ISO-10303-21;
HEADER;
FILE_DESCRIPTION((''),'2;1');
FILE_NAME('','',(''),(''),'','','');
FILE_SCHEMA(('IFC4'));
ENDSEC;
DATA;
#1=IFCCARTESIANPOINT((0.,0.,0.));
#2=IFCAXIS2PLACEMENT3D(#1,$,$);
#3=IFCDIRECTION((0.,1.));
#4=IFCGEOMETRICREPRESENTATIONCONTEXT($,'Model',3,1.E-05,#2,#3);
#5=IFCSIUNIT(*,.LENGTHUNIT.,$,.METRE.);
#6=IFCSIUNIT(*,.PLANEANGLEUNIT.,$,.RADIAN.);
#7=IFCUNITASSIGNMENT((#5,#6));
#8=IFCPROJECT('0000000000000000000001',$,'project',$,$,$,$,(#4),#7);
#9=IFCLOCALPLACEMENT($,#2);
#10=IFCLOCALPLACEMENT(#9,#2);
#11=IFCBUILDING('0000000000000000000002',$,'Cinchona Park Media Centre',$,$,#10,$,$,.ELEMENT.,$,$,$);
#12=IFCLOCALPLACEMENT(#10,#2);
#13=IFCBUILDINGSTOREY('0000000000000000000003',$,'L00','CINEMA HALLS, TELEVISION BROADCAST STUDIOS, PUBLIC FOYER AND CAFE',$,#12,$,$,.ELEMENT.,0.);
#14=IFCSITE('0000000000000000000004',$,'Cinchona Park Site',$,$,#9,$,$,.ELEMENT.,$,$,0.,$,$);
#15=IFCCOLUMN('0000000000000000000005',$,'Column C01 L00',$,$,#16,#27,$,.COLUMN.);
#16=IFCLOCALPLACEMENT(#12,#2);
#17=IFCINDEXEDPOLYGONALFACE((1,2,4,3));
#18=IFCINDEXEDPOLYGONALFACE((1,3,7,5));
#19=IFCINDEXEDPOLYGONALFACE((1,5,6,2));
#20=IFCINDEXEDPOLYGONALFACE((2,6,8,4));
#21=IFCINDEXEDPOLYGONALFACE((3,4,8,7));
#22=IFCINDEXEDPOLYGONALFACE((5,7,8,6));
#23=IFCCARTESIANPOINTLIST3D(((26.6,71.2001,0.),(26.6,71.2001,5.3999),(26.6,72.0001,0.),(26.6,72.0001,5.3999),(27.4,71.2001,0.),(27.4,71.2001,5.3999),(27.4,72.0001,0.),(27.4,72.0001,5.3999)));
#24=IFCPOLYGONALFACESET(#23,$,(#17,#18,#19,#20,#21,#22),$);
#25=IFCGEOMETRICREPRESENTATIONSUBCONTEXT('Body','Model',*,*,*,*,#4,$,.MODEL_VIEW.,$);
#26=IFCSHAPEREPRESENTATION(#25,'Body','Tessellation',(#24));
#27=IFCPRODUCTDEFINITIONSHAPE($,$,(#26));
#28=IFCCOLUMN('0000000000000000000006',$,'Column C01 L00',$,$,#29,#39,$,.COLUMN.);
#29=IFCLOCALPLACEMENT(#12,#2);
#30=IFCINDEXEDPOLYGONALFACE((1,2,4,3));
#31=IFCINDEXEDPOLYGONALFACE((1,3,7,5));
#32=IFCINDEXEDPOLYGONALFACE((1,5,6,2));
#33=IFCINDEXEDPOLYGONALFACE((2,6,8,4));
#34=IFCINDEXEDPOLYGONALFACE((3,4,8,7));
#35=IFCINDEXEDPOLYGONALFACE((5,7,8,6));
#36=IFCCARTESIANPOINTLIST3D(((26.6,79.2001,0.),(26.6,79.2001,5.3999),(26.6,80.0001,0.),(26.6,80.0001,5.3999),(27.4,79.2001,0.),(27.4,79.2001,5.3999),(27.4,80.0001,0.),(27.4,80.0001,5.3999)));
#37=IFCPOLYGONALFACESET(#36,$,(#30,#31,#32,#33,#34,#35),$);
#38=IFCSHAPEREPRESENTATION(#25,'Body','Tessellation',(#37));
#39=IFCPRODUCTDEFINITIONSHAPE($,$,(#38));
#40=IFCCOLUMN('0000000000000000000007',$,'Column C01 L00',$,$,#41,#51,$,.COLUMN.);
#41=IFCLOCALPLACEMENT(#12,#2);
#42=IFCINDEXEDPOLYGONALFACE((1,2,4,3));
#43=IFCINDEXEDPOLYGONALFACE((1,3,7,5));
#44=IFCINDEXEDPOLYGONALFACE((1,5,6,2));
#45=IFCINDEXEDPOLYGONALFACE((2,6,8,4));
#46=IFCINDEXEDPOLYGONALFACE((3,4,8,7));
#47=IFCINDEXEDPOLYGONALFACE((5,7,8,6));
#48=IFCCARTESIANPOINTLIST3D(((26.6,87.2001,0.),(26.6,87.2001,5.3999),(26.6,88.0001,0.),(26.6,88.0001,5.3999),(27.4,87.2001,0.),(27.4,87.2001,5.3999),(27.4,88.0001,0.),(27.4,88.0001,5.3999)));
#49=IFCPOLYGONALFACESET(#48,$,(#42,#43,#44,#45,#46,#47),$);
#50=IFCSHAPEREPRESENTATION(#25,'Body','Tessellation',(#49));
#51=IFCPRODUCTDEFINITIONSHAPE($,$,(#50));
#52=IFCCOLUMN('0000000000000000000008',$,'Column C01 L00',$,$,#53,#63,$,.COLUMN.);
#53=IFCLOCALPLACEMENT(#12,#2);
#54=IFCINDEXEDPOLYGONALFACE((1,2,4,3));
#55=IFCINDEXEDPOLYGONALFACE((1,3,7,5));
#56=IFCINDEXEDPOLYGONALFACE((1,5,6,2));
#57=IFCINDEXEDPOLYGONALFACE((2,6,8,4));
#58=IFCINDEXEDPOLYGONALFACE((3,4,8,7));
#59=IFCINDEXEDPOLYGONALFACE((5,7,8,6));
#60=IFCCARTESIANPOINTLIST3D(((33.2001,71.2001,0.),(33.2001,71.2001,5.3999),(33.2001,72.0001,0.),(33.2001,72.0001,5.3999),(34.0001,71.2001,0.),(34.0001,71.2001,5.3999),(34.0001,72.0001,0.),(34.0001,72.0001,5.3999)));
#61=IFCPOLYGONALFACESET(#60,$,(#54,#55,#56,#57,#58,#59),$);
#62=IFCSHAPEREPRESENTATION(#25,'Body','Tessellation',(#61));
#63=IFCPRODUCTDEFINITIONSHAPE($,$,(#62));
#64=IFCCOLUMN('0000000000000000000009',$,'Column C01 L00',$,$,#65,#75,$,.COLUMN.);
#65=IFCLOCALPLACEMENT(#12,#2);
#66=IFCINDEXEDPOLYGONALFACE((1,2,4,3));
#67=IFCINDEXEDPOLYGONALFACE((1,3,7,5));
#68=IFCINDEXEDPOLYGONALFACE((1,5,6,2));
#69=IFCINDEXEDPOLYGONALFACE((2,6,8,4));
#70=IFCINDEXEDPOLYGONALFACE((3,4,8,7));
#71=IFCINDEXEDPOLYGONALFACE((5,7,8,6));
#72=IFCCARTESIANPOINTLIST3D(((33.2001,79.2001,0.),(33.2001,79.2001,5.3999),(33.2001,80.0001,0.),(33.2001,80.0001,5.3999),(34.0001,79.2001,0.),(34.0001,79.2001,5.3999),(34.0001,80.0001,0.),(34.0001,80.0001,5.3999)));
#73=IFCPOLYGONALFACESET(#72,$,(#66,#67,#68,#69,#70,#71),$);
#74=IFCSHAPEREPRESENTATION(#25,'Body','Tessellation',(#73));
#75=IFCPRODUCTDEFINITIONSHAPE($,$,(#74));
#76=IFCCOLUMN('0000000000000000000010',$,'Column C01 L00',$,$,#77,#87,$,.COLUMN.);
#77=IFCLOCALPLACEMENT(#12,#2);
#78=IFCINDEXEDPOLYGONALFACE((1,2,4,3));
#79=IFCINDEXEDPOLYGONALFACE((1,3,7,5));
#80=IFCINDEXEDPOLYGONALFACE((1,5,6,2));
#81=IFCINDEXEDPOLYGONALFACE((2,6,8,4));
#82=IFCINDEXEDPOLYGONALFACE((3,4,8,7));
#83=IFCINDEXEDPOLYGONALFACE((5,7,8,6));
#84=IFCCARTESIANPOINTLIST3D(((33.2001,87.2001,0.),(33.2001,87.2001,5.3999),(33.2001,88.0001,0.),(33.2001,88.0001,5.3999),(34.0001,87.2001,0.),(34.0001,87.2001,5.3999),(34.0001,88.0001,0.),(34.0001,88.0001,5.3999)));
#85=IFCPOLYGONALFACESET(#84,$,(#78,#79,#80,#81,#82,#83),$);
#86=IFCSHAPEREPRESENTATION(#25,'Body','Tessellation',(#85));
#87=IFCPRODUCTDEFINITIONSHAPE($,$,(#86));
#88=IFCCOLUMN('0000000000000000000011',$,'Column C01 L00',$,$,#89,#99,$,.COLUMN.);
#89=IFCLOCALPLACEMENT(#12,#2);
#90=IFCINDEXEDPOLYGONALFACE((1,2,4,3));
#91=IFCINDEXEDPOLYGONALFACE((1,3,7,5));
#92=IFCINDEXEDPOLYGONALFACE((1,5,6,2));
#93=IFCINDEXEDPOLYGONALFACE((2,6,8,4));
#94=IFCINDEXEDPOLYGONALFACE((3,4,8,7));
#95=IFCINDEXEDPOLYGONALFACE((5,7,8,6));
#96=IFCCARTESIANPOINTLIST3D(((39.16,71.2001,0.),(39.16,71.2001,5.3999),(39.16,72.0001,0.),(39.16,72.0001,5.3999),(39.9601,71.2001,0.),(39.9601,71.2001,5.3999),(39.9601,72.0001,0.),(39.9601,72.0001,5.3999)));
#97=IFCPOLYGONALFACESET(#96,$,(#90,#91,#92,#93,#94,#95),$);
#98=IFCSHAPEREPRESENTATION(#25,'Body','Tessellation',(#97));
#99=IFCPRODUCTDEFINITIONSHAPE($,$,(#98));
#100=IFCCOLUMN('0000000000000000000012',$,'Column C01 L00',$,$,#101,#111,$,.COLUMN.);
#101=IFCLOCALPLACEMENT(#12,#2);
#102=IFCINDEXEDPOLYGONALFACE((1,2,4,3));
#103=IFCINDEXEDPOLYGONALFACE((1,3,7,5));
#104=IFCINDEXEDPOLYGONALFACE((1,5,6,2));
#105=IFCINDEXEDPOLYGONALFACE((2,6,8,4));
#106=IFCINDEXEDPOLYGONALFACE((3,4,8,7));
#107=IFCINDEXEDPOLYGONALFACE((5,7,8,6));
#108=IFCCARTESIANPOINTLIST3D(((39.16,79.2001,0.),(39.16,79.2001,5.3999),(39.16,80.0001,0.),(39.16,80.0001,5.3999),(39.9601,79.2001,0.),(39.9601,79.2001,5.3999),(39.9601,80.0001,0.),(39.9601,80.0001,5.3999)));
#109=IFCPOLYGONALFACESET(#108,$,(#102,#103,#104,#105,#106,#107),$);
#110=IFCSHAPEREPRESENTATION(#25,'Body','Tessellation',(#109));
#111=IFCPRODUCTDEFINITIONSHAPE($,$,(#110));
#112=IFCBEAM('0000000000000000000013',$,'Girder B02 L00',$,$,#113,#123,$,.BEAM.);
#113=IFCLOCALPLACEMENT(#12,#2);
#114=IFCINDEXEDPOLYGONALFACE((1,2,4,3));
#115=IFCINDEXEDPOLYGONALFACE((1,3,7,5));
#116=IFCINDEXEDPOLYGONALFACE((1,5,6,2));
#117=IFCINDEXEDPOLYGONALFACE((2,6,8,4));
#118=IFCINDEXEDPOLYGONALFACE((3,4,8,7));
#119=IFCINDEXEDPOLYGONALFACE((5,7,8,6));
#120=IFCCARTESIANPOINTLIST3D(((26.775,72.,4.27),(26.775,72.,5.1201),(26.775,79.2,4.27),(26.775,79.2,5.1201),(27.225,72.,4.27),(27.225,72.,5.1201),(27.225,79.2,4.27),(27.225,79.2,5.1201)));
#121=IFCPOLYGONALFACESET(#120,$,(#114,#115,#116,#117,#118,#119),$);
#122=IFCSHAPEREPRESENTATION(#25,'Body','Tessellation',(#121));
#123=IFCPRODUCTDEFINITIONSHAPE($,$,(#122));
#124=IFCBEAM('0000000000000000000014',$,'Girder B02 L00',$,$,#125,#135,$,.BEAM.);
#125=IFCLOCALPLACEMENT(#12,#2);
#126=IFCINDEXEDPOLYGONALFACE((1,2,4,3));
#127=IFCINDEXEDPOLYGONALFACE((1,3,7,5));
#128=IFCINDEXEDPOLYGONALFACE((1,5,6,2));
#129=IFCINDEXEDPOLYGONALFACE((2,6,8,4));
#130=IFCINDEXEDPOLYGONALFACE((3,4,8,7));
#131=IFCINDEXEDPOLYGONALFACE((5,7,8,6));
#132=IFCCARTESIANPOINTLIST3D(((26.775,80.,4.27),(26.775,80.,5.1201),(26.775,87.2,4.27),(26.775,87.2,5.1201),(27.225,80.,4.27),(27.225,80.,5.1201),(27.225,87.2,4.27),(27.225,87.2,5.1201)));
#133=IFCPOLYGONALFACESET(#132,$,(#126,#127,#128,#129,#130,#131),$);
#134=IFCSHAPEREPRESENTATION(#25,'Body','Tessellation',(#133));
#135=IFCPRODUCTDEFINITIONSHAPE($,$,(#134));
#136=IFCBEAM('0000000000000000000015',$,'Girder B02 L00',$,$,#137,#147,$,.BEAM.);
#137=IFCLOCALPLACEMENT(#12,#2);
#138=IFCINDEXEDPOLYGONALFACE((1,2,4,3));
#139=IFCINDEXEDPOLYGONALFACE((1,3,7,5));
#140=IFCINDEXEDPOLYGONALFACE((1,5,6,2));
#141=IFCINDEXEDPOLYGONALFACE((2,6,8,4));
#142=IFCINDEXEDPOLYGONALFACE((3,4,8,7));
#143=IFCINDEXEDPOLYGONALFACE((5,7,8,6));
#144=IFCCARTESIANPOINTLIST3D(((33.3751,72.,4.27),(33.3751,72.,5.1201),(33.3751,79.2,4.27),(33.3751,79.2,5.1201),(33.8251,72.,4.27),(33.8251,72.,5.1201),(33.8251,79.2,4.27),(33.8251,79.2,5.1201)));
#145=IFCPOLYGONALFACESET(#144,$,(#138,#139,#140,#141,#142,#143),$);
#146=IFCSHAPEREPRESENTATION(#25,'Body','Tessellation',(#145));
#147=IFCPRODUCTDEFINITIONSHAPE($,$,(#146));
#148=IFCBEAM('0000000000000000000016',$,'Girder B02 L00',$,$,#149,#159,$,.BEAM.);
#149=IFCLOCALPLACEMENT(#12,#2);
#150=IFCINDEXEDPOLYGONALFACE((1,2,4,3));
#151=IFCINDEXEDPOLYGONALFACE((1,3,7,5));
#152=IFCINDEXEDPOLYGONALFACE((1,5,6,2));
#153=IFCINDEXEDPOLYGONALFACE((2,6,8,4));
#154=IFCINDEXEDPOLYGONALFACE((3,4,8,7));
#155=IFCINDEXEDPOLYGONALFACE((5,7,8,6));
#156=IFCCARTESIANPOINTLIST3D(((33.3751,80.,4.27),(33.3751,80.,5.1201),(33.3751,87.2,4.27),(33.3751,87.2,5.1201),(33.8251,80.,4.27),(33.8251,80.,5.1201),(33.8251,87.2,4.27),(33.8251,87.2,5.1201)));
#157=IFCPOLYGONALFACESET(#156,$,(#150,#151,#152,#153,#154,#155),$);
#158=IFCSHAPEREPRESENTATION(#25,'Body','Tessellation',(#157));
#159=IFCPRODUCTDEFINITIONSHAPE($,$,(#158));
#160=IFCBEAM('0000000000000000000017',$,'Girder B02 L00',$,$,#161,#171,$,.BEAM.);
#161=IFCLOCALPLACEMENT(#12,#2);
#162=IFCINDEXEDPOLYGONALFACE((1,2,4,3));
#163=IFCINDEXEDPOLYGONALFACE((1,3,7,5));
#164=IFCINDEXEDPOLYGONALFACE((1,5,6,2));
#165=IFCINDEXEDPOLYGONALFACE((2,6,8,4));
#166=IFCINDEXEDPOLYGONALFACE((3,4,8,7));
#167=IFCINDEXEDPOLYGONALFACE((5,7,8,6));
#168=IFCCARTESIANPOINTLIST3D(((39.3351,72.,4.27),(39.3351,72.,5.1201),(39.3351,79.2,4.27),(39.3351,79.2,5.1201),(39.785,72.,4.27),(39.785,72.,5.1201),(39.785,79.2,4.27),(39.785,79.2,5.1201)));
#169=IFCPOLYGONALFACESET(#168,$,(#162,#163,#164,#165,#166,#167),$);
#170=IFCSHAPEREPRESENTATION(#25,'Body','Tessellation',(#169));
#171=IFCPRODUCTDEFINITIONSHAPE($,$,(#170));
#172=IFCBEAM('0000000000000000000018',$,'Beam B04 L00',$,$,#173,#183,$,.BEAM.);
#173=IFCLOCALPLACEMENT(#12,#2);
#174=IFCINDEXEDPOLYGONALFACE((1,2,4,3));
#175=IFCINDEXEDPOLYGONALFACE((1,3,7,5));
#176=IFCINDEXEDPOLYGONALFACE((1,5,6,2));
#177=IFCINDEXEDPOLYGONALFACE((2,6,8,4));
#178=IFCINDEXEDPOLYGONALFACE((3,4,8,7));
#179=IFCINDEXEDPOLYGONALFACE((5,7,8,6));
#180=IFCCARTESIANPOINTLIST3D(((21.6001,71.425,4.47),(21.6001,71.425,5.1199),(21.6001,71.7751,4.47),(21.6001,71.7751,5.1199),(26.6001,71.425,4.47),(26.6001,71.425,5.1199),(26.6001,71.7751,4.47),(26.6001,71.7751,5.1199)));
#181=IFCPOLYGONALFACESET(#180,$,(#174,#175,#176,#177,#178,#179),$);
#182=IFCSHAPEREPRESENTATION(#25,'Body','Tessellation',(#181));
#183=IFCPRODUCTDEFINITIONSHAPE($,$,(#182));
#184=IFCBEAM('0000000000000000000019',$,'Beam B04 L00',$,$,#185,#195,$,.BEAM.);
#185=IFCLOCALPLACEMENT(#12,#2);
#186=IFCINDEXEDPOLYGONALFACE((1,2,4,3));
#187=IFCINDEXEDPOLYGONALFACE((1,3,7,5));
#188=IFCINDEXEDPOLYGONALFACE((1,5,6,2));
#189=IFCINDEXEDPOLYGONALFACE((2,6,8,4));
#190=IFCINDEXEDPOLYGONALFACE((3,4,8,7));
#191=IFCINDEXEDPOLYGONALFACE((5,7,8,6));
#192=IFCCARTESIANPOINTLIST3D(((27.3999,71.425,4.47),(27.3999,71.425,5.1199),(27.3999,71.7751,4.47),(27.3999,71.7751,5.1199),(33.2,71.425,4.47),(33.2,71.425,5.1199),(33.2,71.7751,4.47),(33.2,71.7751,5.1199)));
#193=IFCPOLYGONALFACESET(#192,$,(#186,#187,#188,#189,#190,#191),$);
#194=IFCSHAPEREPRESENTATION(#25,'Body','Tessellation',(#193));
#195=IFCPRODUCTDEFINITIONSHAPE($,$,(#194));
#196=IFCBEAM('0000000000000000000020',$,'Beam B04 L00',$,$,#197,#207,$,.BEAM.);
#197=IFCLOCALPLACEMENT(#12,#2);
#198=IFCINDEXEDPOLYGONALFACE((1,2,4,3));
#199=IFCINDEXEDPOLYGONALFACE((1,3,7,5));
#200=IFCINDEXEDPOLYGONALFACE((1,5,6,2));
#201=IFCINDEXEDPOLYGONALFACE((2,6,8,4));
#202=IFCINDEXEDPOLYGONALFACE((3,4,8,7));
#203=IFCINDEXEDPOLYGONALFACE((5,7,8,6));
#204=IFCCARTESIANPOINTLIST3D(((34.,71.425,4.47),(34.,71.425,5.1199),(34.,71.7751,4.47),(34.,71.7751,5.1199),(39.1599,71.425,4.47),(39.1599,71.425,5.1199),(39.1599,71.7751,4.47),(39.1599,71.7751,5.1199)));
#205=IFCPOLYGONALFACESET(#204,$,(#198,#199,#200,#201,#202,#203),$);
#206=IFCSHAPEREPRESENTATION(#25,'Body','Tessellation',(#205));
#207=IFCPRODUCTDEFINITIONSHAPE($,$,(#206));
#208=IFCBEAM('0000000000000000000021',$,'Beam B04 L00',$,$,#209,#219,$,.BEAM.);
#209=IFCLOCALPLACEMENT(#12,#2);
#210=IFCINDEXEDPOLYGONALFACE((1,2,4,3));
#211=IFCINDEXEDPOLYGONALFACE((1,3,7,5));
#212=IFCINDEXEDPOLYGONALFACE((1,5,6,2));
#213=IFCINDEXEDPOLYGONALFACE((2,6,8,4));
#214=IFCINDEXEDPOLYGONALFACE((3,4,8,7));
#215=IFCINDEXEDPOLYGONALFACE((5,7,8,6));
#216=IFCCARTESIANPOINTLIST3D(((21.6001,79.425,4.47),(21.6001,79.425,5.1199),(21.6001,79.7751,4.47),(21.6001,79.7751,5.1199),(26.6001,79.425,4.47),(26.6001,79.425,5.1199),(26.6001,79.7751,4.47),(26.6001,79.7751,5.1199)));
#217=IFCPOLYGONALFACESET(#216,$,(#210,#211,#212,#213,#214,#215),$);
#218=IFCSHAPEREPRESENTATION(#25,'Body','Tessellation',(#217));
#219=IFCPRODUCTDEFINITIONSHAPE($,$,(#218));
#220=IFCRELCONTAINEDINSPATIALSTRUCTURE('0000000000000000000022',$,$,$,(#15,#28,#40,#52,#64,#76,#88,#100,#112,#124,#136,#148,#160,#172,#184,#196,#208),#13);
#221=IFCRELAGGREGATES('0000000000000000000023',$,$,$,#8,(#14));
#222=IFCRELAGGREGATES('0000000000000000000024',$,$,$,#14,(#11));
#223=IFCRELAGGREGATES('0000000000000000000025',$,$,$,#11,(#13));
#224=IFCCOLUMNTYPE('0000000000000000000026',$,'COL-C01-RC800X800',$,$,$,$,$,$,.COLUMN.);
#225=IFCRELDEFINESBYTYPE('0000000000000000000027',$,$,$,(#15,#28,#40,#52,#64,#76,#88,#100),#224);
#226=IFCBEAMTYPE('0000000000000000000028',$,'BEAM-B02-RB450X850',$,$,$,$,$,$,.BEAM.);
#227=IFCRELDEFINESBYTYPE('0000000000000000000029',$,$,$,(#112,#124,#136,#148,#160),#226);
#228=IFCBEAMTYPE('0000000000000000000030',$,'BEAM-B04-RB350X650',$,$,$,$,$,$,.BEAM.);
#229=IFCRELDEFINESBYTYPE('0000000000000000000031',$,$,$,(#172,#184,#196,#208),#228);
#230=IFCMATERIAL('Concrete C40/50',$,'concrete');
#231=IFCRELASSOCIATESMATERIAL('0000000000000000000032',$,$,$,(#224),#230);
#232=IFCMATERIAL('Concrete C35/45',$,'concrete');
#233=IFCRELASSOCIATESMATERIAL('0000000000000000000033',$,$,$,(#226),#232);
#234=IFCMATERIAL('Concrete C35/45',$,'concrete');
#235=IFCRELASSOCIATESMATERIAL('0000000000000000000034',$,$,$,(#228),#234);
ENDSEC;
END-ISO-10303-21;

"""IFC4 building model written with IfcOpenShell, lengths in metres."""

from ifc_helpers import new_model, si_unit, direction, frame, origin, origin_2d, place, context, subcontext, project, spatial, rectangle, extrude, material, material_profile, profile_set, type_object, element, save


model = new_model("IFC4")

# Units and contexts
model_context = context("Model", 3, precision=1e-05, world=origin(), true_north=direction((0.0, 1.0)))
body_context = subcontext(model_context, "Body", "Model", "MODEL_VIEW")
ifc_project = project(units=[si_unit("LENGTHUNIT", "METRE"), si_unit("PLANEANGLEUNIT", "RADIAN")], contexts=[model_context])

# Site, building, storey
site_placement = place(None, origin())
site = spatial("IfcSite", under=ifc_project, at=site_placement, Name="Cinchona Park Site", CompositionType="ELEMENT", RefElevation=0.0)
building_placement = place(site_placement, origin())
building = spatial("IfcBuilding", under=site, at=building_placement, Name="Cinchona Park Media Centre", CompositionType="ELEMENT")
storey_placement = place(building_placement, origin())
storey = spatial("IfcBuildingStorey", under=building, at=storey_placement, Name="L00", Description="CINEMA HALLS, TELEVISION BROADCAST STUDIOS, PUBLIC FOYER AND CAFE", CompositionType="ELEMENT", Elevation=0.0)

# Columns
ifc_material_1 = material(Name="Concrete C40/50", Category="concrete")
ifc_material_profile_1 = material_profile(ifc_material_1, rectangle(XDim=0.8, YDim=0.8, at=origin_2d()), Name="RC 800X800")
ifc_profile_set_1 = profile_set([ifc_material_profile_1], Name="Concrete C40/50")
column_type = type_object("IfcColumnType", Name="COL-C01-RC800X800", PredefinedType="COLUMN", material=ifc_profile_set_1)
for number, where, z_axis, x_axis, name in (
    (1, (27.0, 71.6001, 0.0), (0.0, 0.0, 1.0), (1.0, 0.0, 0.0), "Column C01 L00"),
    (2, (27.0, 79.6001, 0.0), (0.0, 0.0, 1.0), (1.0, 0.0, 0.0), "Column C01 L00"),
    (3, (27.0, 87.6001, 0.0), (0.0, 0.0, 1.0), (1.0, 0.0, 0.0), "Column C01 L00"),
    (4, (33.6001, 71.6001, 0.0), (0.0, 0.0, 1.0), (1.0, 0.0, 0.0), "Column C01 L00"),
    (5, (33.6001, 79.6001, 0.0), (0.0, 0.0, 1.0), (1.0, 0.0, 0.0), "Column C01 L00"),
    (6, (33.6001, 87.6001, 0.0), (0.0, 0.0, 1.0), (1.0, 0.0, 0.0), "Column C01 L00"),
    (7, (39.5601, 71.6001, 0.0), (0.0, 0.0, 1.0), (1.0, 0.0, 0.0), "Column C01 L00"),
    (8, (39.5601, 79.6001, 0.0), (0.0, 0.0, 1.0), (1.0, 0.0, 0.0), "Column C01 L00"),
):
    element("IfcColumn", number, at=place(storey_placement, frame(where, z_axis=z_axis, x_axis=x_axis)), inside=storey, type_object=column_type, Name=name, PredefinedType="COLUMN", context=body_context, shape_type="SweptSolid", body=[
        extrude(rectangle(XDim=0.8, YDim=0.8, at=origin_2d()), origin(), (0.0, 0.0, 1.0), 5.3999),
    ])

# Beams
ifc_material_2 = material(Name="Concrete C35/45", Category="concrete")
ifc_material_profile_2 = material_profile(ifc_material_2, rectangle(XDim=0.45, YDim=0.8501, at=origin_2d()), Name="RB 450X850")
ifc_profile_set_2 = profile_set([ifc_material_profile_2], Name="Concrete C35/45")
beam_type_1 = type_object("IfcBeamType", Name="BEAM-B02-RB450X850", PredefinedType="BEAM", material=ifc_profile_set_2)
for number, where, z_axis, x_axis, name in (
    (9, (27.0, 72.0, 4.6951), (0.0, 1.0, 0.0), (-1.0, 0.0, 0.0), "Girder B02 L00"),
    (10, (27.0, 80.0, 4.6951), (0.0, 1.0, 0.0), (-1.0, 0.0, 0.0), "Girder B02 L00"),
    (11, (33.6001, 72.0, 4.6951), (0.0, 1.0, 0.0), (-1.0, 0.0, 0.0), "Girder B02 L00"),
    (12, (33.6001, 80.0, 4.6951), (0.0, 1.0, 0.0), (-1.0, 0.0, 0.0), "Girder B02 L00"),
    (13, (39.5601, 72.0, 4.6951), (0.0, 1.0, 0.0), (-1.0, 0.0, 0.0), "Girder B02 L00"),
):
    element("IfcBeam", number, at=place(storey_placement, frame(where, z_axis=z_axis, x_axis=x_axis)), inside=storey, type_object=beam_type_1, Name=name, PredefinedType="BEAM", context=body_context, shape_type="SweptSolid", body=[
        extrude(rectangle(XDim=0.45, YDim=0.8501, at=origin_2d()), origin(), (0.0, 0.0, 1.0), 7.2),
    ])
ifc_material_3 = material(Name="Concrete C35/45", Category="concrete")
ifc_material_profile_3 = material_profile(ifc_material_3, rectangle(XDim=0.3501, YDim=0.6499, at=origin_2d()), Name="RB 350X650")
ifc_profile_set_3 = profile_set([ifc_material_profile_3], Name="Concrete C35/45")
beam_type_2 = type_object("IfcBeamType", Name="BEAM-B04-RB350X650", PredefinedType="BEAM", material=ifc_profile_set_3)
beam_1_placement = place(storey_placement, frame((21.6001, 71.6001, 4.7949), z_axis=(1.0, 0.0, 0.0), x_axis=(0.0, 1.0, 0.0)))
element("IfcBeam", 14, at=beam_1_placement, inside=storey, type_object=beam_type_2, Name="Beam B04 L00", PredefinedType="BEAM", context=body_context, shape_type="SweptSolid", body=[
    extrude(rectangle(XDim=0.3501, YDim=0.6499, at=origin_2d()), origin(), (0.0, 0.0, 1.0), 5.0),
])
beam_2_placement = place(storey_placement, frame((27.3999, 71.6001, 4.7949), z_axis=(1.0, 0.0, 0.0), x_axis=(0.0, 1.0, 0.0)))
element("IfcBeam", 15, at=beam_2_placement, inside=storey, type_object=beam_type_2, Name="Beam B04 L00", PredefinedType="BEAM", context=body_context, shape_type="SweptSolid", body=[
    extrude(rectangle(XDim=0.3501, YDim=0.6499, at=origin_2d()), origin(), (0.0, 0.0, 1.0), 5.8),
])
beam_3_placement = place(storey_placement, frame((34.0, 71.6001, 4.7949), z_axis=(1.0, 0.0, 0.0), x_axis=(0.0, 1.0, 0.0)))
element("IfcBeam", 16, at=beam_3_placement, inside=storey, type_object=beam_type_2, Name="Beam B04 L00", PredefinedType="BEAM", context=body_context, shape_type="SweptSolid", body=[
    extrude(rectangle(XDim=0.3501, YDim=0.6499, at=origin_2d()), origin(), (0.0, 0.0, 1.0), 5.1599),
])
beam_4_placement = place(storey_placement, frame((21.6001, 79.6001, 4.7949), z_axis=(1.0, 0.0, 0.0), x_axis=(0.0, 1.0, 0.0)))
element("IfcBeam", 17, at=beam_4_placement, inside=storey, type_object=beam_type_2, Name="Beam B04 L00", PredefinedType="BEAM", context=body_context, shape_type="SweptSolid", body=[
    extrude(rectangle(XDim=0.3501, YDim=0.6499, at=origin_2d()), origin(), (0.0, 0.0, 1.0), 5.0),
])

save(model, "model.ifc")
